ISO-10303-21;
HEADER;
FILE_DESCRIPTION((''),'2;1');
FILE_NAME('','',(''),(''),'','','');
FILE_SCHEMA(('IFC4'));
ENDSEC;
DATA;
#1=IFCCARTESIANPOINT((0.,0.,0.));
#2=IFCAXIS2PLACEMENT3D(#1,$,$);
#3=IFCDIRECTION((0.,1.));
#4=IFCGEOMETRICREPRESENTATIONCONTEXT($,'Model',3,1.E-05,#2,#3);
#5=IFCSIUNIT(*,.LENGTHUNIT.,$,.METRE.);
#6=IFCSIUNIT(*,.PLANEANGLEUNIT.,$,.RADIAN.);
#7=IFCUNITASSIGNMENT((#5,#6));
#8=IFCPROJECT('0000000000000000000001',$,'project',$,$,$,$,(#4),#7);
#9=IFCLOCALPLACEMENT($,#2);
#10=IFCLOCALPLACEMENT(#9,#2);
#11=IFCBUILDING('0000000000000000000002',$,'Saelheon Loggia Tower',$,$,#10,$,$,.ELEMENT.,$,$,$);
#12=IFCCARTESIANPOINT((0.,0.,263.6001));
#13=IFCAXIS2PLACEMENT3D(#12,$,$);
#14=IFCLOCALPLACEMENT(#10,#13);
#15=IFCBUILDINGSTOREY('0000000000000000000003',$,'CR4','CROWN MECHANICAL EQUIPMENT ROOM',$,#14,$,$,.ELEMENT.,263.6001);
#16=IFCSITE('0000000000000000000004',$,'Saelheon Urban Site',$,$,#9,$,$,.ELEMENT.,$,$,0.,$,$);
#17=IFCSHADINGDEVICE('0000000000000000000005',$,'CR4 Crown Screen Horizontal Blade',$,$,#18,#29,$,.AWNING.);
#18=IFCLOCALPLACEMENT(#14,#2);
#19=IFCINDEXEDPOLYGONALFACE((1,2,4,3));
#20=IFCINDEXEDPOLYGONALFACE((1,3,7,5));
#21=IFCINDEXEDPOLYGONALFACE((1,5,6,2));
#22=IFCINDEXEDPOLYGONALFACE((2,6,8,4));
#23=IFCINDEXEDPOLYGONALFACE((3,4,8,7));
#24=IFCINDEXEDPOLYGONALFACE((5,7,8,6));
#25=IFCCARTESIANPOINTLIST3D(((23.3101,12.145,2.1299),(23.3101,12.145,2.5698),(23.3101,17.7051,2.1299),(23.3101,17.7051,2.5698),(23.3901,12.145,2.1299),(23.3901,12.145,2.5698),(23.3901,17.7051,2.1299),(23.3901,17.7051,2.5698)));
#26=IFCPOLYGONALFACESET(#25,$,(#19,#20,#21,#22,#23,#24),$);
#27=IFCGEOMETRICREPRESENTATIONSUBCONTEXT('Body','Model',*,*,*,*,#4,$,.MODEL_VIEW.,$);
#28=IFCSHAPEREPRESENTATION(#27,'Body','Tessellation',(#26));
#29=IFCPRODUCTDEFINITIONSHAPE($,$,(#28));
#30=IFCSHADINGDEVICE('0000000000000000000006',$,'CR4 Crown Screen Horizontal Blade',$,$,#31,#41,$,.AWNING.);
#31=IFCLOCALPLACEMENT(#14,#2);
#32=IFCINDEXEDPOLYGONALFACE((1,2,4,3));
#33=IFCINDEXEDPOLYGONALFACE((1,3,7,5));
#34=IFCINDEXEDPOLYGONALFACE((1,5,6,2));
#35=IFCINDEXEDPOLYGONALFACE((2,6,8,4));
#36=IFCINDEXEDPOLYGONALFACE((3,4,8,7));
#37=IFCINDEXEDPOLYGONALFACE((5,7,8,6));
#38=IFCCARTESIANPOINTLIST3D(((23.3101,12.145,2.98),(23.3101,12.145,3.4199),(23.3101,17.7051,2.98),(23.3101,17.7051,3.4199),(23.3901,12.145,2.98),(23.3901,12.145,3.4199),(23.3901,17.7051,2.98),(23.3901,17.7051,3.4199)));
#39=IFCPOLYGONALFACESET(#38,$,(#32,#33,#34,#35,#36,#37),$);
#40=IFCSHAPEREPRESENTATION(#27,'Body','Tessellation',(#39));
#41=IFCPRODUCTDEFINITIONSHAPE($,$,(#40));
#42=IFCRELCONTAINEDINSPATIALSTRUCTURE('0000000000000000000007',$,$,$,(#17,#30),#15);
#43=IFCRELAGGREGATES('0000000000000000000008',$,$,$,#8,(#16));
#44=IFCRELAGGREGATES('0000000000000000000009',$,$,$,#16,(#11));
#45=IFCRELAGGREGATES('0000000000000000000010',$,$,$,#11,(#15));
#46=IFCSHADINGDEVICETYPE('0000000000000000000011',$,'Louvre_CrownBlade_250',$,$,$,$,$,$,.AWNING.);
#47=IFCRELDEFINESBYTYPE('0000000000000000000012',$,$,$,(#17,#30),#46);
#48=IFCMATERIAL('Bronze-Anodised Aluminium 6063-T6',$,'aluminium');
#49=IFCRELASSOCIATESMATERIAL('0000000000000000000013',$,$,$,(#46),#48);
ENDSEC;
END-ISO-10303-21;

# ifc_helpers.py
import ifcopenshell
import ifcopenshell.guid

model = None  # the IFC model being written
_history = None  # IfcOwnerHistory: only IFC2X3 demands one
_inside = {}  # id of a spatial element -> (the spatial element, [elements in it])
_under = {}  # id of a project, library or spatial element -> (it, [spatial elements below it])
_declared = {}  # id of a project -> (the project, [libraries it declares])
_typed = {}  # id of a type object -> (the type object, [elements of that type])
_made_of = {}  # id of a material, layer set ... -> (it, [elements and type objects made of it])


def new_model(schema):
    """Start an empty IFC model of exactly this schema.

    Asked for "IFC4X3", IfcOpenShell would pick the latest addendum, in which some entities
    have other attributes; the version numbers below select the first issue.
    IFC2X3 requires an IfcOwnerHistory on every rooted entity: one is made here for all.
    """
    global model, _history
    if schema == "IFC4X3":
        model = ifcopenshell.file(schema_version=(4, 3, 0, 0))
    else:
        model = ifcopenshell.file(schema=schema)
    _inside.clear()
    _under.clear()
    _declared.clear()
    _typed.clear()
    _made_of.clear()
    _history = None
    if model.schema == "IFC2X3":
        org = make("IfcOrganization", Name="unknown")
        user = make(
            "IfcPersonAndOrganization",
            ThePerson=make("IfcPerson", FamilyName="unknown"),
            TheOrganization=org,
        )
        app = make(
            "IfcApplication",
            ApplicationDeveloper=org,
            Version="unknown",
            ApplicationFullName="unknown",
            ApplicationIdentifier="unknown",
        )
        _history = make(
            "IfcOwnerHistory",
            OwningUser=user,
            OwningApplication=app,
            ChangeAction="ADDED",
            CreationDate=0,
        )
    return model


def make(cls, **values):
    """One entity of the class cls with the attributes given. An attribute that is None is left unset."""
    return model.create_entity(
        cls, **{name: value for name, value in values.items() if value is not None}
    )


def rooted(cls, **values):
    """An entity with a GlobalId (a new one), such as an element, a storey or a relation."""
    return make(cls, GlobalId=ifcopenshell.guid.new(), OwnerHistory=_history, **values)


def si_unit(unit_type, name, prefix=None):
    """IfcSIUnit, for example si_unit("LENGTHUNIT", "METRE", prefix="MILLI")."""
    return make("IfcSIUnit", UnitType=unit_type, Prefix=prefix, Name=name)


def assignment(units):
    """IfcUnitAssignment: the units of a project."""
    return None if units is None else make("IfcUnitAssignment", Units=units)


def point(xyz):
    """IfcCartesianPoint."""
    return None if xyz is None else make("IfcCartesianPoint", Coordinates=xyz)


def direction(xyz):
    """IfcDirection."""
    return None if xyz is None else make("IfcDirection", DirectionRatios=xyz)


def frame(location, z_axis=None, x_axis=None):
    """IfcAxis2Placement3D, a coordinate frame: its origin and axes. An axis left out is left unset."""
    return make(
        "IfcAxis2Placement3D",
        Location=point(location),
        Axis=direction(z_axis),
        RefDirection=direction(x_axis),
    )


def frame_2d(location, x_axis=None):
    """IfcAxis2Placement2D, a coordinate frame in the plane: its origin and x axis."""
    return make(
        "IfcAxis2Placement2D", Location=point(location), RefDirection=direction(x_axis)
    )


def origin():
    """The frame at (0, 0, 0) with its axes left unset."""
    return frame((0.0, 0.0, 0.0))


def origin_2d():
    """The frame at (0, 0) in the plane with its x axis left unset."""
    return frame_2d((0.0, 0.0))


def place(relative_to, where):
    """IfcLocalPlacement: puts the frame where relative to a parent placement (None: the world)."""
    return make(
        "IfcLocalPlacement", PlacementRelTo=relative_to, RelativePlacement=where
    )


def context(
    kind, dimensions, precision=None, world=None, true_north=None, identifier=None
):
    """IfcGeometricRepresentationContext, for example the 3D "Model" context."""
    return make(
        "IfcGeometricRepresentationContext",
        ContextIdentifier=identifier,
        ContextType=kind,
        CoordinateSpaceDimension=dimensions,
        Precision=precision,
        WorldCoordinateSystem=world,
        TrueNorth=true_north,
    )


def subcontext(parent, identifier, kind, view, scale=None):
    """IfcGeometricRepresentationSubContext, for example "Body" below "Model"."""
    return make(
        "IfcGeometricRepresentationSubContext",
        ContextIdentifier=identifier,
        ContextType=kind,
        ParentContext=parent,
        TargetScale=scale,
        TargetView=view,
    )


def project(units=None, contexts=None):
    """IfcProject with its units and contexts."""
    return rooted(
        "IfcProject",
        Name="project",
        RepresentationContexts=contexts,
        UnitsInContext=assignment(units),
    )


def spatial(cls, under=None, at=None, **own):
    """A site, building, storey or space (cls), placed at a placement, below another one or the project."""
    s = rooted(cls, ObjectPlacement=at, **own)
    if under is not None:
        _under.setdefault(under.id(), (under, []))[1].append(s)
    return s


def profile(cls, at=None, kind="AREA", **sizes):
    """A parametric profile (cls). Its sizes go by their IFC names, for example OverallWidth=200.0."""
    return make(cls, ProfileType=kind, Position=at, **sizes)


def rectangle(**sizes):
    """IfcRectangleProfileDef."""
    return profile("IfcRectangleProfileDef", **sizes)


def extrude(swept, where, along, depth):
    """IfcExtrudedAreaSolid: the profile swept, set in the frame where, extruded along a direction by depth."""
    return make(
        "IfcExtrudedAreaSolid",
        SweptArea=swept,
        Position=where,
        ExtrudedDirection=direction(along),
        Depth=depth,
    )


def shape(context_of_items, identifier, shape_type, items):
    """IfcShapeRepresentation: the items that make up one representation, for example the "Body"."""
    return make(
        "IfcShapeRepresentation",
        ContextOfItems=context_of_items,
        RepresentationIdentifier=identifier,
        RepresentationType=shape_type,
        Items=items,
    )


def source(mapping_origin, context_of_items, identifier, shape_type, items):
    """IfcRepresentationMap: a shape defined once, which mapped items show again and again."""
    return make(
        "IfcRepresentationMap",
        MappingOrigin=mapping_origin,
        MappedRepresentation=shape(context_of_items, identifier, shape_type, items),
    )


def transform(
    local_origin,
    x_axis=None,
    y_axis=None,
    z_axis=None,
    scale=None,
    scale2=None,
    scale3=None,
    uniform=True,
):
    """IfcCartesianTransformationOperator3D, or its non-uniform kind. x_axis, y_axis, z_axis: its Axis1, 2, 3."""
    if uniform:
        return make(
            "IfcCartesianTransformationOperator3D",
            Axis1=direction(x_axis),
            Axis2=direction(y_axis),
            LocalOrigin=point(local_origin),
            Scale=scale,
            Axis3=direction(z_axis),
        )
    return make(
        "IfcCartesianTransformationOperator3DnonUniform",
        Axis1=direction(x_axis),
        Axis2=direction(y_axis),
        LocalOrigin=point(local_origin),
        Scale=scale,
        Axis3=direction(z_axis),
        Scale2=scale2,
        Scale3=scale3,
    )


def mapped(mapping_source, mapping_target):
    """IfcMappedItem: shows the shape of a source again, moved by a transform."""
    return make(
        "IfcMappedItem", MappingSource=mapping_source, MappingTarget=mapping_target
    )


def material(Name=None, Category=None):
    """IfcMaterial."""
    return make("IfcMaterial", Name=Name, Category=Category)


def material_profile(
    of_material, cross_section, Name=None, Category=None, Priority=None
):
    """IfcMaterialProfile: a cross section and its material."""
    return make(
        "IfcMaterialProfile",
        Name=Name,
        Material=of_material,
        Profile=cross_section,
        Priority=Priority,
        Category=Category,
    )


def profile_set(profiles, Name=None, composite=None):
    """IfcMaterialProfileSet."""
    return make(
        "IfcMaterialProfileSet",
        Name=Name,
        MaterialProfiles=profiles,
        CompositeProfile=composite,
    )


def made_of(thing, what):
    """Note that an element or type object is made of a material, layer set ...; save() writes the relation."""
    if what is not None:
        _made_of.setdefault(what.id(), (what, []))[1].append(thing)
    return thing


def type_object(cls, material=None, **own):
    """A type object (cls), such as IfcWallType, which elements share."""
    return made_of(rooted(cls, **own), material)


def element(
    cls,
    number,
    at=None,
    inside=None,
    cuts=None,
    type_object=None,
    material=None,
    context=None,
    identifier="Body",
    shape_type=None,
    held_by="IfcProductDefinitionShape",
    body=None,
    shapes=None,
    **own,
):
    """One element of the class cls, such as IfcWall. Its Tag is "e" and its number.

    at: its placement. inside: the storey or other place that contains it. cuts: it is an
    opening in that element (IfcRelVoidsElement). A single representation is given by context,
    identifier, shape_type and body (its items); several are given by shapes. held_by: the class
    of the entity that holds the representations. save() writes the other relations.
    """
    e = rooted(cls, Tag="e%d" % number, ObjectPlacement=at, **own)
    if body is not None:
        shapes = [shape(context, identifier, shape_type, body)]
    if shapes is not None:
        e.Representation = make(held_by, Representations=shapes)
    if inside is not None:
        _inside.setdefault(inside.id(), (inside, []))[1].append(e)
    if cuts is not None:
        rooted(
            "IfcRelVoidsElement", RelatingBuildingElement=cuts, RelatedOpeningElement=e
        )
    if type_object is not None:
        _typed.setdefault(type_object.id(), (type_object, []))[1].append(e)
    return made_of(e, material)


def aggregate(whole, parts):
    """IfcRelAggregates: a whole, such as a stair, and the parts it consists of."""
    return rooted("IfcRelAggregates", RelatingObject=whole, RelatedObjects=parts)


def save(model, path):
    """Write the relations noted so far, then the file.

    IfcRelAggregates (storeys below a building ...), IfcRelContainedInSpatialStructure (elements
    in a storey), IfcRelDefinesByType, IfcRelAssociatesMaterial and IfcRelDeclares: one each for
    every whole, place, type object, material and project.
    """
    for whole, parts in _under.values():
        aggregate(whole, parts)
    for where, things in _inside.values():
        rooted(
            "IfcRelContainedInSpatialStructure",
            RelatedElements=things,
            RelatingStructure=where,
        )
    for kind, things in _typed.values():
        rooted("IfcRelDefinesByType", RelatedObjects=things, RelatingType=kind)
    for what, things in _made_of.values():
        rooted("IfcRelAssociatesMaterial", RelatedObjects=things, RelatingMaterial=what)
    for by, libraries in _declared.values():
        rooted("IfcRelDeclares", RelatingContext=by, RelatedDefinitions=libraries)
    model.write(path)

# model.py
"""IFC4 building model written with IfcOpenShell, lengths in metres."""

from ifc_helpers import new_model, si_unit, direction, frame, origin, origin_2d, place, context, subcontext, project, spatial, rectangle, extrude, source, transform, mapped, material, material_profile, profile_set, type_object, element, save


model = new_model("IFC4")

# Units and contexts
model_context = context("Model", 3, precision=1e-05, world=origin(), true_north=direction((0.0, 1.0)))
body_context = subcontext(model_context, "Body", "Model", "MODEL_VIEW")
ifc_project = project(units=[si_unit("LENGTHUNIT", "METRE"), si_unit("PLANEANGLEUNIT", "RADIAN")], contexts=[model_context])

# Site, building, storey
site_placement = place(None, origin())
site = spatial("IfcSite", under=ifc_project, at=site_placement, Name="Saelheon Urban Site", CompositionType="ELEMENT", RefElevation=0.0)
building_placement = place(site_placement, origin())
building = spatial("IfcBuilding", under=site, at=building_placement, Name="Saelheon Loggia Tower", CompositionType="ELEMENT")
storey_placement = place(building_placement, frame((0.0, 0.0, 263.6001)))
storey = spatial("IfcBuildingStorey", under=building, at=storey_placement, Name="CR4", Description="CROWN MECHANICAL EQUIPMENT ROOM", CompositionType="ELEMENT", Elevation=263.6001)

# Shared definitions
ifc_material_1 = material(Name="Bronze-Anodised Aluminium 6063-T6", Category="aluminium")

# Shading devices
ifc_material_profile_1 = material_profile(ifc_material_1, rectangle(XDim=0.0801, YDim=0.4399, at=origin_2d()), Name="Louvre_CrownBlade_250")
ifc_profile_set_1 = profile_set([ifc_material_profile_1], Name="Bronze-Anodised Aluminium 6063-T6")
shading_device_type = type_object("IfcShadingDeviceType", Name="Louvre_CrownBlade_250", PredefinedType="AWNING", material=ifc_profile_set_1)
shared_shape_1 = source(origin(), body_context, "Body", "SweptSolid", [
    extrude(rectangle(XDim=0.0801, YDim=0.4399, at=origin_2d()), origin(), (0.0, 0.0, 1.0), 5.5601),
])
for number, where, z_axis, x_axis, name in (
    (1, (23.3501, 17.7051, 2.3499), (0.0, -1.0, 0.0), (1.0, 0.0, 0.0), "CR4 Crown Screen Horizontal Blade"),
    (2, (23.3501, 17.7051, 3.2), (0.0, -1.0, 0.0), (1.0, 0.0, 0.0), "CR4 Crown Screen Horizontal Blade"),
):
    element("IfcShadingDevice", number, at=place(storey_placement, frame(where, z_axis=z_axis, x_axis=x_axis)), inside=storey, type_object=shading_device_type, Name=name, PredefinedType="AWNING", context=body_context, shape_type="MappedRepresentation", body=[
        mapped(shared_shape_1, transform((0.0, 0.0, 0.0), scale=1.0)),
    ])

save(model, "model.ifc")
